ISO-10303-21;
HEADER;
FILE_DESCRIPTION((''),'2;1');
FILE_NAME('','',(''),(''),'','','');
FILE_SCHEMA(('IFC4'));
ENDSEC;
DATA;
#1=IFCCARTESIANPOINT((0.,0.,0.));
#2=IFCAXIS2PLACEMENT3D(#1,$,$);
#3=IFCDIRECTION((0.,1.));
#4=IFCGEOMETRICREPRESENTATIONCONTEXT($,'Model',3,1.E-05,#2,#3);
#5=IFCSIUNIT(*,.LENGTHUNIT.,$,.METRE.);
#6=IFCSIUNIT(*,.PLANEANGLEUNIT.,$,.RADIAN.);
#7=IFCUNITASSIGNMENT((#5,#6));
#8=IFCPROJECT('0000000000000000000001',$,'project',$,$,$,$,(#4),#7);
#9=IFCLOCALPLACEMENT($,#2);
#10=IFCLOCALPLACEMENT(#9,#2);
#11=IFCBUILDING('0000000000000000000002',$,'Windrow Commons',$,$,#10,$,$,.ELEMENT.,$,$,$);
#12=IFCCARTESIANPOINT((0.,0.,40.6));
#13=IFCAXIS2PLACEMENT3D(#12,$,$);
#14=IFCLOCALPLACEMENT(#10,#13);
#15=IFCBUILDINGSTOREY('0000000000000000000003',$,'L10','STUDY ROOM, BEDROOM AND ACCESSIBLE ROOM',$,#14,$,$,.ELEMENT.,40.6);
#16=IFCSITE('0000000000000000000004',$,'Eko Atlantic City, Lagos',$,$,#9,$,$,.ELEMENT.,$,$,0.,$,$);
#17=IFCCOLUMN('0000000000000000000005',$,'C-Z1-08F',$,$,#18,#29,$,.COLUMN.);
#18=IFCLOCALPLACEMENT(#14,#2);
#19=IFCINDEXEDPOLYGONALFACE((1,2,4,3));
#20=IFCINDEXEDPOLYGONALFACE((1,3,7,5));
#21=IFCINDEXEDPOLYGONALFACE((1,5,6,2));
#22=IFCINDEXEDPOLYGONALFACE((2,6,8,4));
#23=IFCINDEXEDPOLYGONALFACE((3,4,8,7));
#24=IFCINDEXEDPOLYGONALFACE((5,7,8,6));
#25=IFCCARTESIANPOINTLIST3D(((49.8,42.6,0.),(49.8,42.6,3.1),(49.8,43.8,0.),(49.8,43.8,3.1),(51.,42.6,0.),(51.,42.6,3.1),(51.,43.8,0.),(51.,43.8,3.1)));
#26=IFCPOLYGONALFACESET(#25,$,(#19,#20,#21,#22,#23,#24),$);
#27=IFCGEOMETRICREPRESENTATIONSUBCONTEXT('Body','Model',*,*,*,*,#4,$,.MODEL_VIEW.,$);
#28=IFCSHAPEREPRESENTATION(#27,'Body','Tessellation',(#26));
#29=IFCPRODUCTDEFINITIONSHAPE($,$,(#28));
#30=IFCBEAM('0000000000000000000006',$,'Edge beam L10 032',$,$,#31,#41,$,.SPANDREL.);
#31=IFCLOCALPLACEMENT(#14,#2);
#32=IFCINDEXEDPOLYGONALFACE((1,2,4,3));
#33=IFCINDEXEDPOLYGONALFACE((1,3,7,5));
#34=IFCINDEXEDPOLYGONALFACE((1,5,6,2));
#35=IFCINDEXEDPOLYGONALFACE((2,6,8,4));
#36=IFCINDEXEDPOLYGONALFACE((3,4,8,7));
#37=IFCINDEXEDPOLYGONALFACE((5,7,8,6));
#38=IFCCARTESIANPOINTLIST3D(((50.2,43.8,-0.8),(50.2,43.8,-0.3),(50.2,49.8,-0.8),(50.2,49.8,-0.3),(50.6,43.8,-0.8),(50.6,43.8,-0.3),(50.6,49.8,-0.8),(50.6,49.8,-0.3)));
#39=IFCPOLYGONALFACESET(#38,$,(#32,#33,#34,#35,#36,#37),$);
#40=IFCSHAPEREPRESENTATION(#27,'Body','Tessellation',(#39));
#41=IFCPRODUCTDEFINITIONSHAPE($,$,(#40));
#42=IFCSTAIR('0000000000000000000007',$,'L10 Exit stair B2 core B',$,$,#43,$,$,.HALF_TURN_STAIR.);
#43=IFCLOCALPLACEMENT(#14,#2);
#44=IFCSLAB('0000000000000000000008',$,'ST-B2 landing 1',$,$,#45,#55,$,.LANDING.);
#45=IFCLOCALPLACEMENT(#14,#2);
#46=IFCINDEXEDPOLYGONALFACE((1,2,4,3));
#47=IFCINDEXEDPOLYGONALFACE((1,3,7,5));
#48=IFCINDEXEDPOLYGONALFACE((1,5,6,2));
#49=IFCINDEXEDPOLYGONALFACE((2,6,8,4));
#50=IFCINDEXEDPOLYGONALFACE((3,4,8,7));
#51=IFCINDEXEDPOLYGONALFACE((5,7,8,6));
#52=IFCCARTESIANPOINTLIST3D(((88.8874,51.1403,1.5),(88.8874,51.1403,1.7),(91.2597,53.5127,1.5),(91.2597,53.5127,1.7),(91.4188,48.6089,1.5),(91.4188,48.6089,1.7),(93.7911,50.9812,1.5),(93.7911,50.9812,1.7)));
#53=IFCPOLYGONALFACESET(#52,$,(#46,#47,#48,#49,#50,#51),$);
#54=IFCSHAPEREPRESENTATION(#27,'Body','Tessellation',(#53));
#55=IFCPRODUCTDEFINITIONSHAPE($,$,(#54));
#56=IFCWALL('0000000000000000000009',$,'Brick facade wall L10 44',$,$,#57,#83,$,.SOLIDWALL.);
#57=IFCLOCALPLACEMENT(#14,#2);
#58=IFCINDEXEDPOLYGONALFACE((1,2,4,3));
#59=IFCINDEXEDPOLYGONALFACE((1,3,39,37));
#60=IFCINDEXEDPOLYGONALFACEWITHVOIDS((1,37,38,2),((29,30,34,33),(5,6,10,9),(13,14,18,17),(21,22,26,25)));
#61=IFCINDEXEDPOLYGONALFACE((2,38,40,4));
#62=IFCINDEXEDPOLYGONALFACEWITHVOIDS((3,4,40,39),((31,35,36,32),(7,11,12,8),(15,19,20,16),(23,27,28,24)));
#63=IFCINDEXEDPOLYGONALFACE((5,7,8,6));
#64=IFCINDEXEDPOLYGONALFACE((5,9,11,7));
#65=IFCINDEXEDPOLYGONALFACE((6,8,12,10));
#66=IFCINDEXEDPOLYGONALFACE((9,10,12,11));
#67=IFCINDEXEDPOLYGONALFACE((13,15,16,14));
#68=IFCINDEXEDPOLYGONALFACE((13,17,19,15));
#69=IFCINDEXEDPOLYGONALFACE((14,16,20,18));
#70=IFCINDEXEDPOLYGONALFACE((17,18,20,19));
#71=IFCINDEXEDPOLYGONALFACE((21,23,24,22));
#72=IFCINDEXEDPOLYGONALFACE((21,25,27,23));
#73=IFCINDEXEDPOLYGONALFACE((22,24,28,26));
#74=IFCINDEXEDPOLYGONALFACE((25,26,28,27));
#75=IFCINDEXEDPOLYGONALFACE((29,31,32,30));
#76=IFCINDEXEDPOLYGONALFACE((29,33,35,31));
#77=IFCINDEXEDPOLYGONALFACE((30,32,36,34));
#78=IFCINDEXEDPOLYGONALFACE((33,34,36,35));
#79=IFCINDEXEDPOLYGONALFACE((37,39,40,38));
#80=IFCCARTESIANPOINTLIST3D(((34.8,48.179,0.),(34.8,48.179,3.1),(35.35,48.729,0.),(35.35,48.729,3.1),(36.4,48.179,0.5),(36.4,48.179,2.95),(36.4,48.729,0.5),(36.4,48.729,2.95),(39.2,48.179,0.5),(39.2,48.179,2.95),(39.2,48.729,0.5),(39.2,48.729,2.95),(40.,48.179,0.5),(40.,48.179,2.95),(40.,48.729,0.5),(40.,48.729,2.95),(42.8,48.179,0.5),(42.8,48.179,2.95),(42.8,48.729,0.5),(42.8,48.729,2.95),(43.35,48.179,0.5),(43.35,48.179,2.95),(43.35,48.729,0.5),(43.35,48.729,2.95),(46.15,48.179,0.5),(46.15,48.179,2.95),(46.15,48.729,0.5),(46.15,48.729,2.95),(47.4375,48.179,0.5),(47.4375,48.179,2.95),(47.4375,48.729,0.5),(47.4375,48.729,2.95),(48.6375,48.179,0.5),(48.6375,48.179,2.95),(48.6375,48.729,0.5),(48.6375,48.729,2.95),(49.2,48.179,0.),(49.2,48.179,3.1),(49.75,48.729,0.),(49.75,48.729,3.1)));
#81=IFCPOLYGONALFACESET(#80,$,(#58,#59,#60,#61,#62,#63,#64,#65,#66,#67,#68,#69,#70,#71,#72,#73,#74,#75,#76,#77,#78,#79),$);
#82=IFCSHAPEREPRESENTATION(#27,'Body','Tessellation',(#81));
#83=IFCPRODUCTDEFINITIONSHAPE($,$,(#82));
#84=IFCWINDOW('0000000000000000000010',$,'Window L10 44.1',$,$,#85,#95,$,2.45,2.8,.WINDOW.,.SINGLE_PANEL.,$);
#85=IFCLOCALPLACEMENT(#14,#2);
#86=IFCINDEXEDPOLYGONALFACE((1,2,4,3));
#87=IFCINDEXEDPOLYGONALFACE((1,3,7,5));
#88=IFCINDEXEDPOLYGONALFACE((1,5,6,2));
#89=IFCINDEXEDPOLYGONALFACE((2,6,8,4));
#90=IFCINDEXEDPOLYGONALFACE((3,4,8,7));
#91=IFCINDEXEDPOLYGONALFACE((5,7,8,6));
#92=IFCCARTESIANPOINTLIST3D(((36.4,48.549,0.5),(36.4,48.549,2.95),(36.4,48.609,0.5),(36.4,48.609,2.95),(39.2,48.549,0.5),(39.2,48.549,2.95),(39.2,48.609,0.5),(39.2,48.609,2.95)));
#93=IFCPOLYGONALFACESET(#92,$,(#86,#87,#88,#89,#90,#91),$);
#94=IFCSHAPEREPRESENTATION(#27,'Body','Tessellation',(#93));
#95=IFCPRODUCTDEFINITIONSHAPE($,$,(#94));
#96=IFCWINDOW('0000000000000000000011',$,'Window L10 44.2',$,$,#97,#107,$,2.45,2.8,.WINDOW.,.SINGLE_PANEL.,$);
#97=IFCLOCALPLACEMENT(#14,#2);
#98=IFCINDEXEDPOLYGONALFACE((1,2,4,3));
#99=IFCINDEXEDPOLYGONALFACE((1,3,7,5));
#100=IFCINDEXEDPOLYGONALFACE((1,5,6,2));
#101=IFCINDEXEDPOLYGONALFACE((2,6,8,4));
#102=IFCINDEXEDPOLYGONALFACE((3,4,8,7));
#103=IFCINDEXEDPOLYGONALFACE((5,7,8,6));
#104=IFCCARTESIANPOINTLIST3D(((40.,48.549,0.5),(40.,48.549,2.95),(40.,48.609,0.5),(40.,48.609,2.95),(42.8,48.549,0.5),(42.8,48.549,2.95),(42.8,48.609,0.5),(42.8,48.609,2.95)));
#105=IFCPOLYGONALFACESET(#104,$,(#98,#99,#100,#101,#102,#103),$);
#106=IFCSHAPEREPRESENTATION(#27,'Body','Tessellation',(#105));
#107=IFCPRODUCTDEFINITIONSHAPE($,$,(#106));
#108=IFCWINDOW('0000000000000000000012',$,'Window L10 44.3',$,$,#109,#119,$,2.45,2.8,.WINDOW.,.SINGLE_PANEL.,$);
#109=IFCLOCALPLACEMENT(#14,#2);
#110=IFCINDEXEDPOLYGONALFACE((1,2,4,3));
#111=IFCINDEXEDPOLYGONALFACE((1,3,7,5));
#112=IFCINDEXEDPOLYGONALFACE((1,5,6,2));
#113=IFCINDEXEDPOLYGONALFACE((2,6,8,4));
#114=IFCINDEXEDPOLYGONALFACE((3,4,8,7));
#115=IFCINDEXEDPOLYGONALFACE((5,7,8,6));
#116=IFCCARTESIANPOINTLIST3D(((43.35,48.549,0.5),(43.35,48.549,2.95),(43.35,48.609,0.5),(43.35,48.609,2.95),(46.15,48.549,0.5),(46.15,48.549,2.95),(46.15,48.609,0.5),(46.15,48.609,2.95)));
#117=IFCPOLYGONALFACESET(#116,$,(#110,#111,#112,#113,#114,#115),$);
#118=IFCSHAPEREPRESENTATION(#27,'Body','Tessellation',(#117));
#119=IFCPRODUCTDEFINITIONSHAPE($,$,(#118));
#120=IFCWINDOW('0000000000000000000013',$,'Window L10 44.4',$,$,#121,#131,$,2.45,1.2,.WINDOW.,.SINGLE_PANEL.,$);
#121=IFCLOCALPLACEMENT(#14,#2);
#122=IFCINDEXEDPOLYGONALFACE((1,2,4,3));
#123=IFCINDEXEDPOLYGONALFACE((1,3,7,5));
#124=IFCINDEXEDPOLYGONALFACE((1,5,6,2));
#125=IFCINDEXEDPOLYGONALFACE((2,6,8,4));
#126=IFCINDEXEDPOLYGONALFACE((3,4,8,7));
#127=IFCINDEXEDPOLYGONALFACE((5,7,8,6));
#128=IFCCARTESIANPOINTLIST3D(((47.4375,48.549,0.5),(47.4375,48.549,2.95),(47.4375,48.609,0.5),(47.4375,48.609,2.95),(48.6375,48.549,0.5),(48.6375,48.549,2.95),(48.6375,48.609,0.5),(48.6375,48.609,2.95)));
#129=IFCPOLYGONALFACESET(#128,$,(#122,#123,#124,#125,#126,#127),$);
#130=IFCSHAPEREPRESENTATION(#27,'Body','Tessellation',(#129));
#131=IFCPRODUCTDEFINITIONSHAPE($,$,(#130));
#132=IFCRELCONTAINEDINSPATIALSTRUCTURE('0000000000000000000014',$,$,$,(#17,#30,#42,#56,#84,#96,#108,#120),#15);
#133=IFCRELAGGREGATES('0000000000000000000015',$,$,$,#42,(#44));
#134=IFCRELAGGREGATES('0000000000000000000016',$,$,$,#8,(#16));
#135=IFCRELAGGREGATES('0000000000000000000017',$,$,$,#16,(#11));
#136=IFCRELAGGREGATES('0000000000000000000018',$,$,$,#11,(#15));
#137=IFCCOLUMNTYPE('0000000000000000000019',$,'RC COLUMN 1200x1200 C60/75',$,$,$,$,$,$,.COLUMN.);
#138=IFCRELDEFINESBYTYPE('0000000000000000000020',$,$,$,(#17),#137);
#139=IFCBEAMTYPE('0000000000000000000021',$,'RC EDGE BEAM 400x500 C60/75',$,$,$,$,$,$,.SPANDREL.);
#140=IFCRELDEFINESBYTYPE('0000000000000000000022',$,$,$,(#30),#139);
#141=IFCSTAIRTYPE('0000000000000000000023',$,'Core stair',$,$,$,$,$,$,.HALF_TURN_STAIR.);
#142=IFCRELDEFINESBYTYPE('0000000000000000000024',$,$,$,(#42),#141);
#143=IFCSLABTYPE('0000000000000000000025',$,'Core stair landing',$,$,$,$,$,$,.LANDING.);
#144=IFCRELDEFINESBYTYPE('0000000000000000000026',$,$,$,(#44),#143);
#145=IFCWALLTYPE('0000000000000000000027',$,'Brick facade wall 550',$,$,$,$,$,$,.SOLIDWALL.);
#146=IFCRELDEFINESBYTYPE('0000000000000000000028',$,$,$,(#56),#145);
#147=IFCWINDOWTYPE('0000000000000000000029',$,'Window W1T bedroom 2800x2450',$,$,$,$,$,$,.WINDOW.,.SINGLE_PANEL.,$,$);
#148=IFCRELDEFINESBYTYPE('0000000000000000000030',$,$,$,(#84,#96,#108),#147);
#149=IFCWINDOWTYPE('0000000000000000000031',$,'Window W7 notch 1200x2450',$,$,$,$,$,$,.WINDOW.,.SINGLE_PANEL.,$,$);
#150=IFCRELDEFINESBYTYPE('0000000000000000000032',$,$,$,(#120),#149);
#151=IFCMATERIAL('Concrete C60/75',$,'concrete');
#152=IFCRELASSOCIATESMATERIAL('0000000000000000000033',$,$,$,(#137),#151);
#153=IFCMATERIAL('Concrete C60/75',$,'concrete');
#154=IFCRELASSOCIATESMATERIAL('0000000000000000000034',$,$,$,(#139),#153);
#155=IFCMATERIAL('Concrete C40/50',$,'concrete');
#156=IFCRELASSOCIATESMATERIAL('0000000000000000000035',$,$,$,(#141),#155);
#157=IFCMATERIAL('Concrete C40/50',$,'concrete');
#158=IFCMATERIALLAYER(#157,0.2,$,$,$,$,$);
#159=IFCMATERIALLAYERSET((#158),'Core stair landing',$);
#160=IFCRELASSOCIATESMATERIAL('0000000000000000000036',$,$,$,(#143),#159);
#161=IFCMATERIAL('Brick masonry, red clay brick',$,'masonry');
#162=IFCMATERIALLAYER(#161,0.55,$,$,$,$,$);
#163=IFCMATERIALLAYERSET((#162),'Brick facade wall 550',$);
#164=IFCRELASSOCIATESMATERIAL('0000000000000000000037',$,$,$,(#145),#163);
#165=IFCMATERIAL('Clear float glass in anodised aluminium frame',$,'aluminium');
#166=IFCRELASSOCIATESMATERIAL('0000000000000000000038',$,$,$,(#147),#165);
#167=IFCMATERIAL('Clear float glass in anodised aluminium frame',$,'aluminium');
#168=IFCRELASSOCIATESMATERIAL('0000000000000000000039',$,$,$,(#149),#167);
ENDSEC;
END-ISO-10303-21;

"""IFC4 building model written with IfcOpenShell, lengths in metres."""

from ifc_helpers import new_model, si_unit, direction, frame, frame_2d, origin, origin_2d, place, context, subcontext, project, spatial, polyline, rectangle, outline, extrude, material, layer, layer_set, material_profile, profile_set, type_object, element, fill, aggregate, save


model = new_model("IFC4")

# Units and contexts
model_context = context("Model", 3, precision=1e-05, world=origin(), true_north=direction((0.0, 1.0)))
body_context = subcontext(model_context, "Body", "Model", "MODEL_VIEW")
ifc_project = project(units=[si_unit("LENGTHUNIT", "METRE"), si_unit("PLANEANGLEUNIT", "RADIAN")], contexts=[model_context])

# Site, building, storey
site_placement = place(None, origin())
site = spatial("IfcSite", under=ifc_project, at=site_placement, Name="Eko Atlantic City, Lagos", CompositionType="ELEMENT", RefElevation=0.0)
building_placement = place(site_placement, origin())
building = spatial("IfcBuilding", under=site, at=building_placement, Name="Windrow Commons", CompositionType="ELEMENT")
storey_placement = place(building_placement, frame((0.0, 0.0, 40.6)))
storey = spatial("IfcBuildingStorey", under=building, at=storey_placement, Name="L10", Description="STUDY ROOM, BEDROOM AND ACCESSIBLE ROOM", CompositionType="ELEMENT", Elevation=40.6)

# Column
ifc_material_1 = material(Name="Concrete C60/75", Category="concrete")
ifc_material_profile_1 = material_profile(ifc_material_1, rectangle(XDim=1.2, YDim=1.2, at=origin_2d()))
ifc_profile_set_1 = profile_set([ifc_material_profile_1], Name="Concrete C60/75")
column_type = type_object("IfcColumnType", Name="RC COLUMN 1200x1200 C60/75", PredefinedType="COLUMN", material=ifc_profile_set_1)
column_placement = place(storey_placement, frame((50.4, 43.2, 0.0), z_axis=(0.0, 0.0, 1.0), x_axis=(1.0, 0.0, 0.0)))
element("IfcColumn", 1, at=column_placement, inside=storey, type_object=column_type, Name="C-Z1-08F", PredefinedType="COLUMN", context=body_context, shape_type="SweptSolid", body=[
    extrude(rectangle(XDim=1.2, YDim=1.2, at=origin_2d()), origin(), (0.0, 0.0, 1.0), 3.1),
])

# Beam
ifc_material_2 = material(Name="Concrete C60/75", Category="concrete")
ifc_material_profile_2 = material_profile(ifc_material_2, rectangle(XDim=0.4, YDim=0.5, at=origin_2d()))
ifc_profile_set_2 = profile_set([ifc_material_profile_2], Name="Concrete C60/75")
beam_type = type_object("IfcBeamType", Name="RC EDGE BEAM 400x500 C60/75", PredefinedType="SPANDREL", material=ifc_profile_set_2)
beam_placement = place(storey_placement, frame((50.4, 43.8, -0.55), z_axis=(0.0, 1.0, 0.0), x_axis=(-1.0, 0.0, 0.0)))
element("IfcBeam", 2, at=beam_placement, inside=storey, type_object=beam_type, Name="Edge beam L10 032", PredefinedType="SPANDREL", context=body_context, shape_type="SweptSolid", body=[
    extrude(rectangle(XDim=0.4, YDim=0.5, at=origin_2d()), origin(), (0.0, 0.0, 1.0), 6.0),
])

# Stair, slab
ifc_material_3 = material(Name="Concrete C40/50", Category="concrete")
stair_type = type_object("IfcStairType", Name="Core stair", PredefinedType="HALF_TURN_STAIR", material=ifc_material_3)
stair_placement = place(storey_placement, origin())
stair = element("IfcStair", 3, at=stair_placement, inside=storey, type_object=stair_type, Name="L10 Exit stair B2 core B", PredefinedType="HALF_TURN_STAIR")
ifc_material_4 = material(Name="Concrete C40/50", Category="concrete")
ifc_layer_1 = layer(ifc_material_4, 0.2)
ifc_layer_set_1 = layer_set([ifc_layer_1], Name="Core stair landing")
slab_type = type_object("IfcSlabType", Name="Core stair landing", PredefinedType="LANDING", material=ifc_layer_set_1)
slab_placement = place(storey_placement, frame((0.0, 0.0, 1.5)))
slab = element("IfcSlab", 4, at=slab_placement, type_object=slab_type, Name="ST-B2 landing 1", PredefinedType="LANDING", context=body_context, shape_type="SweptSolid", body=[
    extrude(outline(polyline([(88.8874, 51.1403), (91.4188, 48.6089), (93.7911, 50.9812), (91.2597, 53.5127), (88.8874, 51.1403)])), origin(), (0.0, 0.0, 1.0), 0.2),
])
aggregate(stair, [slab])

# Wall, openings, windows
ifc_material_5 = material(Name="Brick masonry, red clay brick", Category="masonry")
ifc_layer_2 = layer(ifc_material_5, 0.55)
ifc_layer_set_2 = layer_set([ifc_layer_2], Name="Brick facade wall 550")
wall_type_1 = type_object("IfcWallType", Name="Brick facade wall 550", PredefinedType="SOLIDWALL", material=ifc_layer_set_2)
wall_1_placement = place(storey_placement, frame((35.075, 48.454, 0.0), z_axis=(0.0, 0.0, 1.0), x_axis=(1.0, 0.0, 0.0)))
wall_1 = element("IfcWall", 5, at=wall_1_placement, inside=storey, type_object=wall_type_1, Name="Brick facade wall L10 44", PredefinedType="SOLIDWALL", context=body_context, shape_type="SweptSolid", body=[
    extrude(outline(polyline([(-0.275, -0.275), (14.125, -0.275), (14.675, 0.275), (0.275, 0.275), (-0.275, -0.275)])), origin(), (0.0, 0.0, 1.0), 3.1),
])
opening_1_placement = place(wall_1_placement, frame((1.325, 0.0, 0.5)))
opening_1 = element("IfcOpeningElement", 6, at=opening_1_placement, cuts=wall_1, PredefinedType="OPENING", context=body_context, shape_type="SweptSolid", body=[
    extrude(rectangle(XDim=2.8, YDim=2.45, at=frame_2d((1.4, 1.225))), frame((0.0, 0.285, 0.0), z_axis=(0.0, -1.0, 0.0), x_axis=(1.0, 0.0, 0.0)), (0.0, 0.0, 1.0), 0.57),
])
opening_2_placement = place(wall_1_placement, frame((4.925, 0.0, 0.5)))
opening_2 = element("IfcOpeningElement", 7, at=opening_2_placement, cuts=wall_1, PredefinedType="OPENING", context=body_context, shape_type="SweptSolid", body=[
    extrude(rectangle(XDim=2.8, YDim=2.45, at=frame_2d((1.4, 1.225))), frame((0.0, 0.285, 0.0), z_axis=(0.0, -1.0, 0.0), x_axis=(1.0, 0.0, 0.0)), (0.0, 0.0, 1.0), 0.57),
])
opening_3_placement = place(wall_1_placement, frame((8.275, 0.0, 0.5)))
opening_3 = element("IfcOpeningElement", 8, at=opening_3_placement, cuts=wall_1, PredefinedType="OPENING", context=body_context, shape_type="SweptSolid", body=[
    extrude(rectangle(XDim=2.8, YDim=2.45, at=frame_2d((1.4, 1.225))), frame((0.0, 0.285, 0.0), z_axis=(0.0, -1.0, 0.0), x_axis=(1.0, 0.0, 0.0)), (0.0, 0.0, 1.0), 0.57),
])
opening_4_placement = place(wall_1_placement, frame((12.3625, 0.0, 0.5)))
opening_4 = element("IfcOpeningElement", 9, at=opening_4_placement, cuts=wall_1, PredefinedType="OPENING", context=body_context, shape_type="SweptSolid", body=[
    extrude(rectangle(XDim=1.2, YDim=2.45, at=frame_2d((0.6, 1.225))), frame((0.0, 0.285, 0.0), z_axis=(0.0, -1.0, 0.0), x_axis=(1.0, 0.0, 0.0)), (0.0, 0.0, 1.0), 0.57),
])
ifc_material_6 = material(Name="Clear float glass in anodised aluminium frame", Category="aluminium")
window_type_1 = type_object("IfcWindowType", Name="Window W1T bedroom 2800x2450", PartitioningType="SINGLE_PANEL", PredefinedType="WINDOW", material=ifc_material_6)
window_1_placement = place(opening_1_placement, origin())
window_1 = element("IfcWindow", 10, at=window_1_placement, inside=storey, type_object=window_type_1, Name="Window L10 44.1", OverallHeight=2.45, OverallWidth=2.8, PartitioningType="SINGLE_PANEL", PredefinedType="WINDOW", context=body_context, shape_type="SweptSolid", body=[
    extrude(rectangle(XDim=2.8, YDim=2.45, at=frame_2d((1.4, 1.225))), frame((0.0, 0.155, 0.0), z_axis=(0.0, -1.0, 0.0), x_axis=(1.0, 0.0, 0.0)), (0.0, 0.0, 1.0), 0.06),
])
fill(opening_1, window_1)
window_2_placement = place(opening_2_placement, origin())
window_2 = element("IfcWindow", 11, at=window_2_placement, inside=storey, type_object=window_type_1, Name="Window L10 44.2", OverallHeight=2.45, OverallWidth=2.8, PartitioningType="SINGLE_PANEL", PredefinedType="WINDOW", context=body_context, shape_type="SweptSolid", body=[
    extrude(rectangle(XDim=2.8, YDim=2.45, at=frame_2d((1.4, 1.225))), frame((0.0, 0.155, 0.0), z_axis=(0.0, -1.0, 0.0), x_axis=(1.0, 0.0, 0.0)), (0.0, 0.0, 1.0), 0.06),
])
fill(opening_2, window_2)
window_3_placement = place(opening_3_placement, origin())
window_3 = element("IfcWindow", 12, at=window_3_placement, inside=storey, type_object=window_type_1, Name="Window L10 44.3", OverallHeight=2.45, OverallWidth=2.8, PartitioningType="SINGLE_PANEL", PredefinedType="WINDOW", context=body_context, shape_type="SweptSolid", body=[
    extrude(rectangle(XDim=2.8, YDim=2.45, at=frame_2d((1.4, 1.225))), frame((0.0, 0.155, 0.0), z_axis=(0.0, -1.0, 0.0), x_axis=(1.0, 0.0, 0.0)), (0.0, 0.0, 1.0), 0.06),
])
fill(opening_3, window_3)
ifc_material_7 = material(Name="Clear float glass in anodised aluminium frame", Category="aluminium")
window_type_2 = type_object("IfcWindowType", Name="Window W7 notch 1200x2450", PartitioningType="SINGLE_PANEL", PredefinedType="WINDOW", material=ifc_material_7)
window_4_placement = place(opening_4_placement, origin())
window_4 = element("IfcWindow", 13, at=window_4_placement, inside=storey, type_object=window_type_2, Name="Window L10 44.4", OverallHeight=2.45, OverallWidth=1.2, PartitioningType="SINGLE_PANEL", PredefinedType="WINDOW", context=body_context, shape_type="SweptSolid", body=[
    extrude(rectangle(XDim=1.2, YDim=2.45, at=frame_2d((0.6, 1.225))), frame((0.0, 0.155, 0.0), z_axis=(0.0, -1.0, 0.0), x_axis=(1.0, 0.0, 0.0)), (0.0, 0.0, 1.0), 0.06),
])
fill(opening_4, window_4)

save(model, "model.ifc")
